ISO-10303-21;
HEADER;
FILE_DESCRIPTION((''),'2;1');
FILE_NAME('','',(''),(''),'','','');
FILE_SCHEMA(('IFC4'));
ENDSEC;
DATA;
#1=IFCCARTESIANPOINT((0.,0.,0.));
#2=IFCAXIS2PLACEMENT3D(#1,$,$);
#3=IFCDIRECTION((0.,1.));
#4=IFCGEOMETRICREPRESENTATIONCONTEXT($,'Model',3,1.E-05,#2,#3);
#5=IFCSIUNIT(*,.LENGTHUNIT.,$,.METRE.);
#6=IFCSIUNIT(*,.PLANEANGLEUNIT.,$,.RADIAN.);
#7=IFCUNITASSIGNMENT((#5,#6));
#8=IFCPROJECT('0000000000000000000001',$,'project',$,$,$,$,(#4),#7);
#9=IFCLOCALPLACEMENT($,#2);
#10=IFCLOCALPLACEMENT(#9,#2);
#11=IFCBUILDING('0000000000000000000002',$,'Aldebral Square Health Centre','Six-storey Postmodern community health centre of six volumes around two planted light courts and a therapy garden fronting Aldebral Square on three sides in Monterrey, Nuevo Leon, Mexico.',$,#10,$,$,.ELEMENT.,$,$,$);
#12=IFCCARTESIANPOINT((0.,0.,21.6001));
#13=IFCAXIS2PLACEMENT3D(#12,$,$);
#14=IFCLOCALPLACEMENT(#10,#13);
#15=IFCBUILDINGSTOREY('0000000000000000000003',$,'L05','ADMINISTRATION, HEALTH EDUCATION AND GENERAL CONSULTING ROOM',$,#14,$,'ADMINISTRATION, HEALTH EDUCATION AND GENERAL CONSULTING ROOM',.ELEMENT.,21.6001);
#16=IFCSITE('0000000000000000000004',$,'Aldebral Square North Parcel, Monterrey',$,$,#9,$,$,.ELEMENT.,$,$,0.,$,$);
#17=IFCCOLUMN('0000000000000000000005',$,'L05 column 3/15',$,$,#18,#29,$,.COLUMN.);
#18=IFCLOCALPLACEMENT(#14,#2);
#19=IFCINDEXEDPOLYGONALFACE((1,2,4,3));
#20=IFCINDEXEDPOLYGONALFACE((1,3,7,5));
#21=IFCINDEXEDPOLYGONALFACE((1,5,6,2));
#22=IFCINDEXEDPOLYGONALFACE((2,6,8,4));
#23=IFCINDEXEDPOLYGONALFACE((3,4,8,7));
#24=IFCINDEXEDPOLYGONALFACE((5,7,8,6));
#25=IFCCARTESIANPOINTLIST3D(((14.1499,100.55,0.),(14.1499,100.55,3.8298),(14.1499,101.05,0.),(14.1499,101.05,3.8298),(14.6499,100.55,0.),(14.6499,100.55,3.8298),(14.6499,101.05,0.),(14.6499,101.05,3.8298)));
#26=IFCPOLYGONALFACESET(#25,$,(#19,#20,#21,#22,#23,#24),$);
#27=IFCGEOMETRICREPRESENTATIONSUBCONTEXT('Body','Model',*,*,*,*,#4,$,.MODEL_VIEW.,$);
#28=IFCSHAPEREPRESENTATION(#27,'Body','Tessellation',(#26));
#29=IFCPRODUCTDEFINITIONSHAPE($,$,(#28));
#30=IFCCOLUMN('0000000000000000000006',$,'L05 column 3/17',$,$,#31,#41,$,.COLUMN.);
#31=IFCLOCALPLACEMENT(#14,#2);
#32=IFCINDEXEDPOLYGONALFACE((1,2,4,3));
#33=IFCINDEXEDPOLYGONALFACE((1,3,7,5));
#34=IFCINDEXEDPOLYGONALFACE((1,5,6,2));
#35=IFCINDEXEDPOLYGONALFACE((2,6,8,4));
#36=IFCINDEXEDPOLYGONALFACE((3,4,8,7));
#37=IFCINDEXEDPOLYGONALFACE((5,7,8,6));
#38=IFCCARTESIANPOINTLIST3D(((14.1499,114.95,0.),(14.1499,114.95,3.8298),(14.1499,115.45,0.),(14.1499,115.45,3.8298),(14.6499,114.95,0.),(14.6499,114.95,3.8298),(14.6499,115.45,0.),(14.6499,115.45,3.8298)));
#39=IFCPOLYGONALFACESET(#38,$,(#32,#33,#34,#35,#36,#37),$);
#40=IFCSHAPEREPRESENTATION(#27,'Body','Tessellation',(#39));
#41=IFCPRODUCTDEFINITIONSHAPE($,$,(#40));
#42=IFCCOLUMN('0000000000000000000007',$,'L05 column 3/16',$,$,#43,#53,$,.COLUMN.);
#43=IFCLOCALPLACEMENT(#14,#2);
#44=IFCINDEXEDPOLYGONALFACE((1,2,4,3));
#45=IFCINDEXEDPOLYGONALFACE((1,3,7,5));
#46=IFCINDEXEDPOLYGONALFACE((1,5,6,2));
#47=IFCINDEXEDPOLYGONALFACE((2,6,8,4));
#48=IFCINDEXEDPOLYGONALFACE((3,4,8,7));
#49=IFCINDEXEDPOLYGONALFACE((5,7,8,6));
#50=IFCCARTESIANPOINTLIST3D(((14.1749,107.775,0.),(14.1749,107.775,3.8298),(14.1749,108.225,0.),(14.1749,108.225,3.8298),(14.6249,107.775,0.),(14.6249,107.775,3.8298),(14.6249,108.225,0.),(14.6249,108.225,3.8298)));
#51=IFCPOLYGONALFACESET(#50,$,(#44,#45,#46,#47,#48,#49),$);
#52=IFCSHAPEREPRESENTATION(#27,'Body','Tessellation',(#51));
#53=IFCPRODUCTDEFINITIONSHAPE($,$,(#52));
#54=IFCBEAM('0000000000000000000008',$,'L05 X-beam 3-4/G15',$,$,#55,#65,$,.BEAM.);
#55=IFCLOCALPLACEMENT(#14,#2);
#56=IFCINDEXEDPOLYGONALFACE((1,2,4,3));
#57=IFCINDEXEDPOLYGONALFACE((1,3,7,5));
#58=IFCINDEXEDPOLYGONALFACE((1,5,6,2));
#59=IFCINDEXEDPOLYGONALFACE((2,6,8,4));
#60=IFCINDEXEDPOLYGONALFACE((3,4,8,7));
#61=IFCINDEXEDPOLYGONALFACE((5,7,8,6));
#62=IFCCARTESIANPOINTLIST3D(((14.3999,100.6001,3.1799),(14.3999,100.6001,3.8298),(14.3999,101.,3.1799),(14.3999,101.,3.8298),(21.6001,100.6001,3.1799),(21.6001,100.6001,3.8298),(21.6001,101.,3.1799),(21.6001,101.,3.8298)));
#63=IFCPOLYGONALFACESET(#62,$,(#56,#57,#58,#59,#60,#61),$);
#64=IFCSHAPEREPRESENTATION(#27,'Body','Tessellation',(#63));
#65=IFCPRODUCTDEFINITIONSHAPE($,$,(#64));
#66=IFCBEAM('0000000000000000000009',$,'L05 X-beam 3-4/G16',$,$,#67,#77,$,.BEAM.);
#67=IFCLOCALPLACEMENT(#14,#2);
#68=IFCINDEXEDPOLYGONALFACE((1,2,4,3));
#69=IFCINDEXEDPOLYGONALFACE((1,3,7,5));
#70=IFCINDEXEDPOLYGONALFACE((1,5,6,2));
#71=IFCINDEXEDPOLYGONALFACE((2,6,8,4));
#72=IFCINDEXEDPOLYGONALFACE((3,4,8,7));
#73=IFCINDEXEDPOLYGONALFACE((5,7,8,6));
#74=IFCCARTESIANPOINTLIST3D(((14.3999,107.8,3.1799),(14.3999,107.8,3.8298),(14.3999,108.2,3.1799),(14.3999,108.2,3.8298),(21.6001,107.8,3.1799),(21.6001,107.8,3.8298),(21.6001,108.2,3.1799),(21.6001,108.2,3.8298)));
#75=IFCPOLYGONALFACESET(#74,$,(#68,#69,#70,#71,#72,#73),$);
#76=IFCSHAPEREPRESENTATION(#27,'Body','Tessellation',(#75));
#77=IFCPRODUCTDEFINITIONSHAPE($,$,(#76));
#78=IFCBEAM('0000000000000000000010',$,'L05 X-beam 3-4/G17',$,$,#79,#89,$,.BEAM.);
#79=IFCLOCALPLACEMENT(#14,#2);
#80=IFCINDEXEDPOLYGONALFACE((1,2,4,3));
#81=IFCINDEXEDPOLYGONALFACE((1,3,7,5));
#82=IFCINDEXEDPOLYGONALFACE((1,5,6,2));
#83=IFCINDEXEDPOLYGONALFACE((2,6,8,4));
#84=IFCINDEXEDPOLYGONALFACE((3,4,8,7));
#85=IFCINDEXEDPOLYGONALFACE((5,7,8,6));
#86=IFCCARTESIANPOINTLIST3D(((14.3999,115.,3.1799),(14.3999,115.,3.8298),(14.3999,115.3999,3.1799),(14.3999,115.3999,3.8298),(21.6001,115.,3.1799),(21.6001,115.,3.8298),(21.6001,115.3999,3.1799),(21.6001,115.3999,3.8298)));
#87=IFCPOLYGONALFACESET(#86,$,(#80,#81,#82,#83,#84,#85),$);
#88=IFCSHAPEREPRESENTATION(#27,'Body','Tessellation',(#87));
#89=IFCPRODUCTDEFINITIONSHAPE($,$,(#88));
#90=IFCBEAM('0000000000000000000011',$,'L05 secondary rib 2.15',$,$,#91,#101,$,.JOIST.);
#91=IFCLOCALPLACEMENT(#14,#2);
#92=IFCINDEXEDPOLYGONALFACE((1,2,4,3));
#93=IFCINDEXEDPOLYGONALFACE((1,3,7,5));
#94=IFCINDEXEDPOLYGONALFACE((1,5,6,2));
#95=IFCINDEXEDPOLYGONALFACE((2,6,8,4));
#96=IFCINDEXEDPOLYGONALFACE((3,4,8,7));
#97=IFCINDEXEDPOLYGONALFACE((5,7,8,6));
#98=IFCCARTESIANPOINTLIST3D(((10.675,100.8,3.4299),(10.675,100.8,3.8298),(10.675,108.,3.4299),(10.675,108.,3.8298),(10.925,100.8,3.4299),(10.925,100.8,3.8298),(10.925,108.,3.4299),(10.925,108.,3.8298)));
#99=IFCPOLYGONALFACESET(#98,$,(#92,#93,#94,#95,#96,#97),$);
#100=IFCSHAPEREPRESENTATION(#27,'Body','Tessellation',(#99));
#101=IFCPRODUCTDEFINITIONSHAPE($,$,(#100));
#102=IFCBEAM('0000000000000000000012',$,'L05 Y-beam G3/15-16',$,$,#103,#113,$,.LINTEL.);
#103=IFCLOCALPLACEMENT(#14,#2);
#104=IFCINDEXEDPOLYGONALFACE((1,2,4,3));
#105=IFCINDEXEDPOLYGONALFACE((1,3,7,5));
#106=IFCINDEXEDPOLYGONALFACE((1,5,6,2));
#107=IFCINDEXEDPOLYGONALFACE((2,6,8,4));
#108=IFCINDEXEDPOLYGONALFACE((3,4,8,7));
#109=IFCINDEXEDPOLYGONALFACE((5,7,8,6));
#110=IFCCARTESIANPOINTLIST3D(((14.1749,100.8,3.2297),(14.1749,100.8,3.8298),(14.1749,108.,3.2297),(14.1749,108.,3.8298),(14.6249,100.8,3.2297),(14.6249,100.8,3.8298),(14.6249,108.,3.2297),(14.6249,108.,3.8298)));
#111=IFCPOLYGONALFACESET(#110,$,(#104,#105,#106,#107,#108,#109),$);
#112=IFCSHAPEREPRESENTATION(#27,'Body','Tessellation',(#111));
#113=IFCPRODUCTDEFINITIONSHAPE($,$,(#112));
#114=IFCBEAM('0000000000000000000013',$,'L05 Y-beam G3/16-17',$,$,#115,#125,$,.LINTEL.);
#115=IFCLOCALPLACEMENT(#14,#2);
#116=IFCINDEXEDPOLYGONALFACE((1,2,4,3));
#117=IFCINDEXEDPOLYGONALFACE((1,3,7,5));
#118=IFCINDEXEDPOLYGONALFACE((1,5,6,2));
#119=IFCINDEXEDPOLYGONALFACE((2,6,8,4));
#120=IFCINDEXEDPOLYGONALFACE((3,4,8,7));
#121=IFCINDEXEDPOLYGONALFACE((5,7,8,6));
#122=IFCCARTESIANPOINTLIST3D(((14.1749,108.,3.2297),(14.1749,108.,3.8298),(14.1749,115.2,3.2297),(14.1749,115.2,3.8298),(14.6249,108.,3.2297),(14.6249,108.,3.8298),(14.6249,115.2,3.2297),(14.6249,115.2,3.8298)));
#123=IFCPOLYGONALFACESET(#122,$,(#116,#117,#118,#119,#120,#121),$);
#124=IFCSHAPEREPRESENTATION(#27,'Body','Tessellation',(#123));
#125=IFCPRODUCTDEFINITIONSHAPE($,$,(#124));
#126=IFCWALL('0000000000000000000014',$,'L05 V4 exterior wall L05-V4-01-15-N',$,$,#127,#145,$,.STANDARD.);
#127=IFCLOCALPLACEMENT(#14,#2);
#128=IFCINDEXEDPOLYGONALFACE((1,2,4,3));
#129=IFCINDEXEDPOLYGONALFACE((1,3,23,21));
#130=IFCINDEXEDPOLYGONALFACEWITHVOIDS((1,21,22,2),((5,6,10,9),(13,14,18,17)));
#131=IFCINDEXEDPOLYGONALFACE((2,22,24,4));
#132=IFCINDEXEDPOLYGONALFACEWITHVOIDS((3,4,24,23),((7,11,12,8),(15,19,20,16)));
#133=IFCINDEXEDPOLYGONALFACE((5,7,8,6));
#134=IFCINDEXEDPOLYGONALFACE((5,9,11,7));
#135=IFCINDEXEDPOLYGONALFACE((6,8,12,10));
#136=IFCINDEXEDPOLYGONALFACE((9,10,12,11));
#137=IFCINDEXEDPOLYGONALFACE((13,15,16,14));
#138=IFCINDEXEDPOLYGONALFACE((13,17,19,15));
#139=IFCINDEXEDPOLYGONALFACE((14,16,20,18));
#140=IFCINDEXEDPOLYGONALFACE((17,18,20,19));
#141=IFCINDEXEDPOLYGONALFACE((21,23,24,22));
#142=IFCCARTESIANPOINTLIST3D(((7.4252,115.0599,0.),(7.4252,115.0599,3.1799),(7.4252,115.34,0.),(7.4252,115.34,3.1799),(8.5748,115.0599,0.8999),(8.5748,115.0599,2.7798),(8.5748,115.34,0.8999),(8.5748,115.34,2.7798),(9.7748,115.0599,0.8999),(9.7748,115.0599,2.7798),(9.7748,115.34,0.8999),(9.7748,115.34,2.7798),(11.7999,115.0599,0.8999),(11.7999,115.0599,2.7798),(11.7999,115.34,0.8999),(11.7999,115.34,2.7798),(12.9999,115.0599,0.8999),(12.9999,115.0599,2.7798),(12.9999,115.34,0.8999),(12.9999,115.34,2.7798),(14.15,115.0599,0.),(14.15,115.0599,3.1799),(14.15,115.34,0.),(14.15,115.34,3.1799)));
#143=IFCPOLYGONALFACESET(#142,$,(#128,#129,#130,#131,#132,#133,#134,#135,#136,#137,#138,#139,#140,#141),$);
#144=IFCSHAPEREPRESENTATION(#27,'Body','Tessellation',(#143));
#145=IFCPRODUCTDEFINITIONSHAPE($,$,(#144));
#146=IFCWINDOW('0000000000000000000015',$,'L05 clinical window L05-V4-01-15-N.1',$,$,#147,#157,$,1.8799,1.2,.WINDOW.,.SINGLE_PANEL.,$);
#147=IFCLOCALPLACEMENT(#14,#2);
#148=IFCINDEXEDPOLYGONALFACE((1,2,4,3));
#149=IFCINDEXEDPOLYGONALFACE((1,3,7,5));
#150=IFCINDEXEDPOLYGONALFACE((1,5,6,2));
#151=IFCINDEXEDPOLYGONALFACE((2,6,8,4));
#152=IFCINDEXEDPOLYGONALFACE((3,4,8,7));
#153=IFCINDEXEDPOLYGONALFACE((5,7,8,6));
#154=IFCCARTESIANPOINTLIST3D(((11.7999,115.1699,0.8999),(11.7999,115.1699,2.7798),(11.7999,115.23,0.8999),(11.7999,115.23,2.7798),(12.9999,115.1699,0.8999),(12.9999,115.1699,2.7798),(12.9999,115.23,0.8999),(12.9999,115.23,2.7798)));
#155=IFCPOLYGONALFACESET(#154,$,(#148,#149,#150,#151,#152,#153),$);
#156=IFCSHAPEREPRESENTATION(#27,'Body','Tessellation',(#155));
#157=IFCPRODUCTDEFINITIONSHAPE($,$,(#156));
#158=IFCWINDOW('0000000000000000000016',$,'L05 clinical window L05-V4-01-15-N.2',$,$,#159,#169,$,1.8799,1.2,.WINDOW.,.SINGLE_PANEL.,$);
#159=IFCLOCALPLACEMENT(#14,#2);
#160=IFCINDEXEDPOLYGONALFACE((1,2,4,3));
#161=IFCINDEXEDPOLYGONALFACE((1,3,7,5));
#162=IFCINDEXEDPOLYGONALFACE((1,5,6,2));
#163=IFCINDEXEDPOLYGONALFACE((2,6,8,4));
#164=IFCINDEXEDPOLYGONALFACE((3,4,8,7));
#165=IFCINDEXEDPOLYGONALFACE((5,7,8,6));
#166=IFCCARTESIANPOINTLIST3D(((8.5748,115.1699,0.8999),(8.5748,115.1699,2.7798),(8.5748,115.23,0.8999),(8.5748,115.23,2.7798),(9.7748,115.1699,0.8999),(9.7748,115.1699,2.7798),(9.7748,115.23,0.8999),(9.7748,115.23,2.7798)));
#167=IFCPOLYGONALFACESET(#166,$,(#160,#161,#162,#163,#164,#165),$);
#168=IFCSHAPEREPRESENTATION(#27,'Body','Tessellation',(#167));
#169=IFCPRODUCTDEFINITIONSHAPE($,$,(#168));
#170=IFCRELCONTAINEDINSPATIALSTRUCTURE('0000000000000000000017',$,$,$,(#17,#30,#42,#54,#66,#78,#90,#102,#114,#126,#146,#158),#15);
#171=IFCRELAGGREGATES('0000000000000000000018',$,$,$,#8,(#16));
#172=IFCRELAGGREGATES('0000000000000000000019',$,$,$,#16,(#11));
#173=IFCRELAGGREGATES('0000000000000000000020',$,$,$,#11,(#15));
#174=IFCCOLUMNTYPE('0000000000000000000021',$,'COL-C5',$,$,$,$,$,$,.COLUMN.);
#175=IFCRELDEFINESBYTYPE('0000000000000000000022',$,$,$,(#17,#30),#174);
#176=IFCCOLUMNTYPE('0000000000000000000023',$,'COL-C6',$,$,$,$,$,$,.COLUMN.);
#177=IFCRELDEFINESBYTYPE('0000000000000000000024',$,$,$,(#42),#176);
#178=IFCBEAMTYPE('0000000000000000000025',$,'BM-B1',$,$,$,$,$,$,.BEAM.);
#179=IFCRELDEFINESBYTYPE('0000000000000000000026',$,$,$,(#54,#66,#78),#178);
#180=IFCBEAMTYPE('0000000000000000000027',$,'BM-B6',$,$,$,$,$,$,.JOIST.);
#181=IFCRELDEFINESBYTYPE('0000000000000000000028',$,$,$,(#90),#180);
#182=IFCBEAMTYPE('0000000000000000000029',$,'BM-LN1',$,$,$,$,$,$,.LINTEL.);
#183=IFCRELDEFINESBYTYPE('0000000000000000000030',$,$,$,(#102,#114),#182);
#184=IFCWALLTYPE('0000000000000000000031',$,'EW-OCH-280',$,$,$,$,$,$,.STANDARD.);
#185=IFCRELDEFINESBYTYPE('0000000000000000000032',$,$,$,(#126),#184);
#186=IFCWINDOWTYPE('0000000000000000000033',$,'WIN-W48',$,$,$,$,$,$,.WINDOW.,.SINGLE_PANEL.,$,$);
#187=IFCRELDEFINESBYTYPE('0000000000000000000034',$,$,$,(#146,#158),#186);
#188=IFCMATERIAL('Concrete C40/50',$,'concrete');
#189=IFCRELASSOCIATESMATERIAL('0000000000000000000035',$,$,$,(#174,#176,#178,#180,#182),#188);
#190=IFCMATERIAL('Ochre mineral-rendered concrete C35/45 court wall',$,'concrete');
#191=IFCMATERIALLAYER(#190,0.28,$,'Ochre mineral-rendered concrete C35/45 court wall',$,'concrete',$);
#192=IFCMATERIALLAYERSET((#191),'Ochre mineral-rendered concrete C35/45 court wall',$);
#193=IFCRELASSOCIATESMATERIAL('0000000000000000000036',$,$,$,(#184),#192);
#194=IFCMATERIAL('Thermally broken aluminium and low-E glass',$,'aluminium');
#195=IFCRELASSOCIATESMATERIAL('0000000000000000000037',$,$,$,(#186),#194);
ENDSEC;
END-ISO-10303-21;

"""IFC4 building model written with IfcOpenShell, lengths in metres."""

from ifc_helpers import new_model, si_unit, direction, frame, frame_2d, origin, origin_2d, place, context, subcontext, project, spatial, rectangle, extrude, material, layer, layer_set, material_profile, profile_set, type_object, element, fill, save


model = new_model("IFC4")

# Units and contexts
model_context = context("Model", 3, precision=1e-05, world=origin(), true_north=direction((0.0, 1.0)))
body_context = subcontext(model_context, "Body", "Model", "MODEL_VIEW")
ifc_project = project(units=[si_unit("LENGTHUNIT", "METRE"), si_unit("PLANEANGLEUNIT", "RADIAN")], contexts=[model_context])

# Site, building, storey
site_placement = place(None, origin())
site = spatial("IfcSite", under=ifc_project, at=site_placement, Name="Aldebral Square North Parcel, Monterrey", CompositionType="ELEMENT", RefElevation=0.0)
building_placement = place(site_placement, origin())
building = spatial("IfcBuilding", under=site, at=building_placement, Name="Aldebral Square Health Centre", Description="Six-storey Postmodern community health centre of six volumes around two planted light courts and a therapy garden fronting Aldebral Square on three sides in Monterrey, Nuevo Leon, Mexico.", CompositionType="ELEMENT")
storey_placement = place(building_placement, frame((0.0, 0.0, 21.6001)))
storey = spatial("IfcBuildingStorey", under=building, at=storey_placement, Name="L05", Description="ADMINISTRATION, HEALTH EDUCATION AND GENERAL CONSULTING ROOM", LongName="ADMINISTRATION, HEALTH EDUCATION AND GENERAL CONSULTING ROOM", CompositionType="ELEMENT", Elevation=21.6001)

# Columns
ifc_material_1 = material(Name="Concrete C40/50", Category="concrete")
ifc_material_profile_1 = material_profile(ifc_material_1, rectangle(XDim=0.5, YDim=0.5, at=origin_2d()), Name="RC 500x500")
ifc_profile_set_1 = profile_set([ifc_material_profile_1], Name="Concrete C40/50")
column_type_1 = type_object("IfcColumnType", Name="COL-C5", PredefinedType="COLUMN", material=ifc_profile_set_1)
for number, where, z_axis, x_axis, name in (
    (1, (14.3999, 100.8, 0.0), (0.0, 0.0, 1.0), (1.0, 0.0, 0.0), "L05 column 3/15"),
    (2, (14.3999, 115.2, 0.0), (0.0, 0.0, 1.0), (1.0, 0.0, 0.0), "L05 column 3/17"),
):
    element("IfcColumn", number, at=place(storey_placement, frame(where, z_axis=z_axis, x_axis=x_axis)), inside=storey, type_object=column_type_1, Name=name, PredefinedType="COLUMN", context=body_context, shape_type="SweptSolid", body=[
        extrude(rectangle(XDim=0.5, YDim=0.5, at=origin_2d()), origin(), (0.0, 0.0, 1.0), 3.8298),
    ])
ifc_material_profile_2 = material_profile(ifc_material_1, rectangle(XDim=0.45, YDim=0.45, at=origin_2d()), Name="RC 450x450")
ifc_profile_set_2 = profile_set([ifc_material_profile_2], Name="Concrete C40/50")
column_type_2 = type_object("IfcColumnType", Name="COL-C6", PredefinedType="COLUMN", material=ifc_profile_set_2)
column_placement = place(storey_placement, frame((14.3999, 108.0, 0.0), z_axis=(0.0, 0.0, 1.0), x_axis=(1.0, 0.0, 0.0)))
element("IfcColumn", 3, at=column_placement, inside=storey, type_object=column_type_2, Name="L05 column 3/16", PredefinedType="COLUMN", context=body_context, shape_type="SweptSolid", body=[
    extrude(rectangle(XDim=0.45, YDim=0.45, at=origin_2d()), origin(), (0.0, 0.0, 1.0), 3.8298),
])

# Beams
ifc_material_profile_3 = material_profile(ifc_material_1, rectangle(XDim=0.3999, YDim=0.6499, at=origin_2d()), Name="RC 400x650")
ifc_profile_set_3 = profile_set([ifc_material_profile_3], Name="Concrete C40/50")
beam_type_1 = type_object("IfcBeamType", Name="BM-B1", PredefinedType="BEAM", material=ifc_profile_set_3)
for number, where, z_axis, x_axis, name in (
    (4, (14.3999, 100.8, 3.5049), (1.0, 0.0, 0.0), (0.0, 1.0, 0.0), "L05 X-beam 3-4/G15"),
    (5, (14.3999, 108.0, 3.5049), (1.0, 0.0, 0.0), (0.0, 1.0, 0.0), "L05 X-beam 3-4/G16"),
    (6, (14.3999, 115.2, 3.5049), (1.0, 0.0, 0.0), (0.0, 1.0, 0.0), "L05 X-beam 3-4/G17"),
):
    element("IfcBeam", number, at=place(storey_placement, frame(where, z_axis=z_axis, x_axis=x_axis)), inside=storey, type_object=beam_type_1, Name=name, PredefinedType="BEAM", context=body_context, shape_type="SweptSolid", body=[
        extrude(rectangle(XDim=0.3999, YDim=0.6499, at=origin_2d()), origin(), (0.0, 0.0, 1.0), 7.2002),
    ])
ifc_material_profile_4 = material_profile(ifc_material_1, rectangle(XDim=0.25, YDim=0.3999, at=origin_2d()), Name="RC 250x400")
ifc_profile_set_4 = profile_set([ifc_material_profile_4], Name="Concrete C40/50")
beam_type_2 = type_object("IfcBeamType", Name="BM-B6", PredefinedType="JOIST", material=ifc_profile_set_4)
beam_placement = place(storey_placement, frame((10.8, 100.8, 3.6299), z_axis=(0.0, 1.0, 0.0), x_axis=(-1.0, 0.0, 0.0)))
element("IfcBeam", 7, at=beam_placement, inside=storey, type_object=beam_type_2, Name="L05 secondary rib 2.15", PredefinedType="JOIST", context=body_context, shape_type="SweptSolid", body=[
    extrude(rectangle(XDim=0.25, YDim=0.3999, at=origin_2d()), origin(), (0.0, 0.0, 1.0), 7.2),
])
ifc_material_profile_5 = material_profile(ifc_material_1, rectangle(XDim=0.45, YDim=0.6001, at=origin_2d()), Name="RC 450x600")
ifc_profile_set_5 = profile_set([ifc_material_profile_5], Name="Concrete C40/50")
beam_type_3 = type_object("IfcBeamType", Name="BM-LN1", PredefinedType="LINTEL", material=ifc_profile_set_5)
for number, where, z_axis, x_axis, name in (
    (8, (14.3999, 100.8, 3.5298), (0.0, 1.0, 0.0), (-1.0, 0.0, 0.0), "L05 Y-beam G3/15-16"),
    (9, (14.3999, 108.0, 3.5298), (0.0, 1.0, 0.0), (-1.0, 0.0, 0.0), "L05 Y-beam G3/16-17"),
):
    element("IfcBeam", number, at=place(storey_placement, frame(where, z_axis=z_axis, x_axis=x_axis)), inside=storey, type_object=beam_type_3, Name=name, PredefinedType="LINTEL", context=body_context, shape_type="SweptSolid", body=[
        extrude(rectangle(XDim=0.45, YDim=0.6001, at=origin_2d()), origin(), (0.0, 0.0, 1.0), 7.2),
    ])

# Wall, openings, windows
ifc_material_2 = material(Name="Ochre mineral-rendered concrete C35/45 court wall", Category="concrete")
ifc_layer_1 = layer(ifc_material_2, 0.28, Name="Ochre mineral-rendered concrete C35/45 court wall", Category="concrete")
ifc_layer_set_1 = layer_set([ifc_layer_1], Name="Ochre mineral-rendered concrete C35/45 court wall")
wall_type_1 = type_object("IfcWallType", Name="EW-OCH-280", PredefinedType="STANDARD", material=ifc_layer_set_1)
wall_1_placement = place(storey_placement, frame((14.1499, 115.2, 0.0), z_axis=(0.0, 0.0, 1.0), x_axis=(-1.0, 0.0, 0.0)))
wall_1 = element("IfcWall", 10, at=wall_1_placement, inside=storey, type_object=wall_type_1, Name="L05 V4 exterior wall L05-V4-01-15-N", PredefinedType="STANDARD", context=body_context, shape_type="SweptSolid", body=[
    extrude(rectangle(XDim=6.7249, YDim=0.28, at=frame_2d((3.3623, 0.0))), origin(), (0.0, 0.0, 1.0), 3.1799),
])
opening_1_placement = place(wall_1_placement, frame((1.1499, 0.0, 0.8999)))
opening_1 = element("IfcOpeningElement", 11, at=opening_1_placement, cuts=wall_1, PredefinedType="OPENING", context=body_context, shape_type="SweptSolid", body=[
    extrude(rectangle(XDim=1.2, YDim=1.8799, at=frame_2d((0.6001, 0.9399))), frame((0.0, 0.1499, 0.0), z_axis=(0.0, -1.0, 0.0), x_axis=(1.0, 0.0, 0.0)), (0.0, 0.0, 1.0), 0.3),
])
opening_2_placement = place(wall_1_placement, frame((4.375, 0.0, 0.8999)))
opening_2 = element("IfcOpeningElement", 12, at=opening_2_placement, cuts=wall_1, PredefinedType="OPENING", context=body_context, shape_type="SweptSolid", body=[
    extrude(rectangle(XDim=1.2, YDim=1.8799, at=frame_2d((0.6001, 0.9399))), frame((0.0, 0.1499, 0.0), z_axis=(0.0, -1.0, 0.0), x_axis=(1.0, 0.0, 0.0)), (0.0, 0.0, 1.0), 0.3),
])
ifc_material_3 = material(Name="Thermally broken aluminium and low-E glass", Category="aluminium")
window_type = type_object("IfcWindowType", Name="WIN-W48", PartitioningType="SINGLE_PANEL", PredefinedType="WINDOW", material=ifc_material_3)
window_1_placement = place(opening_1_placement, origin())
window_1 = element("IfcWindow", 13, at=window_1_placement, inside=storey, type_object=window_type, Name="L05 clinical window L05-V4-01-15-N.1", OverallHeight=1.8799, OverallWidth=1.2, PartitioningType="SINGLE_PANEL", PredefinedType="WINDOW", context=body_context, shape_type="SweptSolid", body=[
    extrude(rectangle(XDim=1.2, YDim=1.8799, at=frame_2d((0.6001, 0.9399))), frame((0.0, 0.03, 0.0), z_axis=(0.0, -1.0, 0.0), x_axis=(1.0, 0.0, 0.0)), (0.0, 0.0, 1.0), 0.0601),
])
fill(opening_1, window_1)
window_2_placement = place(opening_2_placement, origin())
window_2 = element("IfcWindow", 14, at=window_2_placement, inside=storey, type_object=window_type, Name="L05 clinical window L05-V4-01-15-N.2", OverallHeight=1.8799, OverallWidth=1.2, PartitioningType="SINGLE_PANEL", PredefinedType="WINDOW", context=body_context, shape_type="SweptSolid", body=[
    extrude(rectangle(XDim=1.2, YDim=1.8799, at=frame_2d((0.6001, 0.9399))), frame((0.0, 0.03, 0.0), z_axis=(0.0, -1.0, 0.0), x_axis=(1.0, 0.0, 0.0)), (0.0, 0.0, 1.0), 0.0601),
])
fill(opening_2, window_2)

save(model, "model.ifc")
